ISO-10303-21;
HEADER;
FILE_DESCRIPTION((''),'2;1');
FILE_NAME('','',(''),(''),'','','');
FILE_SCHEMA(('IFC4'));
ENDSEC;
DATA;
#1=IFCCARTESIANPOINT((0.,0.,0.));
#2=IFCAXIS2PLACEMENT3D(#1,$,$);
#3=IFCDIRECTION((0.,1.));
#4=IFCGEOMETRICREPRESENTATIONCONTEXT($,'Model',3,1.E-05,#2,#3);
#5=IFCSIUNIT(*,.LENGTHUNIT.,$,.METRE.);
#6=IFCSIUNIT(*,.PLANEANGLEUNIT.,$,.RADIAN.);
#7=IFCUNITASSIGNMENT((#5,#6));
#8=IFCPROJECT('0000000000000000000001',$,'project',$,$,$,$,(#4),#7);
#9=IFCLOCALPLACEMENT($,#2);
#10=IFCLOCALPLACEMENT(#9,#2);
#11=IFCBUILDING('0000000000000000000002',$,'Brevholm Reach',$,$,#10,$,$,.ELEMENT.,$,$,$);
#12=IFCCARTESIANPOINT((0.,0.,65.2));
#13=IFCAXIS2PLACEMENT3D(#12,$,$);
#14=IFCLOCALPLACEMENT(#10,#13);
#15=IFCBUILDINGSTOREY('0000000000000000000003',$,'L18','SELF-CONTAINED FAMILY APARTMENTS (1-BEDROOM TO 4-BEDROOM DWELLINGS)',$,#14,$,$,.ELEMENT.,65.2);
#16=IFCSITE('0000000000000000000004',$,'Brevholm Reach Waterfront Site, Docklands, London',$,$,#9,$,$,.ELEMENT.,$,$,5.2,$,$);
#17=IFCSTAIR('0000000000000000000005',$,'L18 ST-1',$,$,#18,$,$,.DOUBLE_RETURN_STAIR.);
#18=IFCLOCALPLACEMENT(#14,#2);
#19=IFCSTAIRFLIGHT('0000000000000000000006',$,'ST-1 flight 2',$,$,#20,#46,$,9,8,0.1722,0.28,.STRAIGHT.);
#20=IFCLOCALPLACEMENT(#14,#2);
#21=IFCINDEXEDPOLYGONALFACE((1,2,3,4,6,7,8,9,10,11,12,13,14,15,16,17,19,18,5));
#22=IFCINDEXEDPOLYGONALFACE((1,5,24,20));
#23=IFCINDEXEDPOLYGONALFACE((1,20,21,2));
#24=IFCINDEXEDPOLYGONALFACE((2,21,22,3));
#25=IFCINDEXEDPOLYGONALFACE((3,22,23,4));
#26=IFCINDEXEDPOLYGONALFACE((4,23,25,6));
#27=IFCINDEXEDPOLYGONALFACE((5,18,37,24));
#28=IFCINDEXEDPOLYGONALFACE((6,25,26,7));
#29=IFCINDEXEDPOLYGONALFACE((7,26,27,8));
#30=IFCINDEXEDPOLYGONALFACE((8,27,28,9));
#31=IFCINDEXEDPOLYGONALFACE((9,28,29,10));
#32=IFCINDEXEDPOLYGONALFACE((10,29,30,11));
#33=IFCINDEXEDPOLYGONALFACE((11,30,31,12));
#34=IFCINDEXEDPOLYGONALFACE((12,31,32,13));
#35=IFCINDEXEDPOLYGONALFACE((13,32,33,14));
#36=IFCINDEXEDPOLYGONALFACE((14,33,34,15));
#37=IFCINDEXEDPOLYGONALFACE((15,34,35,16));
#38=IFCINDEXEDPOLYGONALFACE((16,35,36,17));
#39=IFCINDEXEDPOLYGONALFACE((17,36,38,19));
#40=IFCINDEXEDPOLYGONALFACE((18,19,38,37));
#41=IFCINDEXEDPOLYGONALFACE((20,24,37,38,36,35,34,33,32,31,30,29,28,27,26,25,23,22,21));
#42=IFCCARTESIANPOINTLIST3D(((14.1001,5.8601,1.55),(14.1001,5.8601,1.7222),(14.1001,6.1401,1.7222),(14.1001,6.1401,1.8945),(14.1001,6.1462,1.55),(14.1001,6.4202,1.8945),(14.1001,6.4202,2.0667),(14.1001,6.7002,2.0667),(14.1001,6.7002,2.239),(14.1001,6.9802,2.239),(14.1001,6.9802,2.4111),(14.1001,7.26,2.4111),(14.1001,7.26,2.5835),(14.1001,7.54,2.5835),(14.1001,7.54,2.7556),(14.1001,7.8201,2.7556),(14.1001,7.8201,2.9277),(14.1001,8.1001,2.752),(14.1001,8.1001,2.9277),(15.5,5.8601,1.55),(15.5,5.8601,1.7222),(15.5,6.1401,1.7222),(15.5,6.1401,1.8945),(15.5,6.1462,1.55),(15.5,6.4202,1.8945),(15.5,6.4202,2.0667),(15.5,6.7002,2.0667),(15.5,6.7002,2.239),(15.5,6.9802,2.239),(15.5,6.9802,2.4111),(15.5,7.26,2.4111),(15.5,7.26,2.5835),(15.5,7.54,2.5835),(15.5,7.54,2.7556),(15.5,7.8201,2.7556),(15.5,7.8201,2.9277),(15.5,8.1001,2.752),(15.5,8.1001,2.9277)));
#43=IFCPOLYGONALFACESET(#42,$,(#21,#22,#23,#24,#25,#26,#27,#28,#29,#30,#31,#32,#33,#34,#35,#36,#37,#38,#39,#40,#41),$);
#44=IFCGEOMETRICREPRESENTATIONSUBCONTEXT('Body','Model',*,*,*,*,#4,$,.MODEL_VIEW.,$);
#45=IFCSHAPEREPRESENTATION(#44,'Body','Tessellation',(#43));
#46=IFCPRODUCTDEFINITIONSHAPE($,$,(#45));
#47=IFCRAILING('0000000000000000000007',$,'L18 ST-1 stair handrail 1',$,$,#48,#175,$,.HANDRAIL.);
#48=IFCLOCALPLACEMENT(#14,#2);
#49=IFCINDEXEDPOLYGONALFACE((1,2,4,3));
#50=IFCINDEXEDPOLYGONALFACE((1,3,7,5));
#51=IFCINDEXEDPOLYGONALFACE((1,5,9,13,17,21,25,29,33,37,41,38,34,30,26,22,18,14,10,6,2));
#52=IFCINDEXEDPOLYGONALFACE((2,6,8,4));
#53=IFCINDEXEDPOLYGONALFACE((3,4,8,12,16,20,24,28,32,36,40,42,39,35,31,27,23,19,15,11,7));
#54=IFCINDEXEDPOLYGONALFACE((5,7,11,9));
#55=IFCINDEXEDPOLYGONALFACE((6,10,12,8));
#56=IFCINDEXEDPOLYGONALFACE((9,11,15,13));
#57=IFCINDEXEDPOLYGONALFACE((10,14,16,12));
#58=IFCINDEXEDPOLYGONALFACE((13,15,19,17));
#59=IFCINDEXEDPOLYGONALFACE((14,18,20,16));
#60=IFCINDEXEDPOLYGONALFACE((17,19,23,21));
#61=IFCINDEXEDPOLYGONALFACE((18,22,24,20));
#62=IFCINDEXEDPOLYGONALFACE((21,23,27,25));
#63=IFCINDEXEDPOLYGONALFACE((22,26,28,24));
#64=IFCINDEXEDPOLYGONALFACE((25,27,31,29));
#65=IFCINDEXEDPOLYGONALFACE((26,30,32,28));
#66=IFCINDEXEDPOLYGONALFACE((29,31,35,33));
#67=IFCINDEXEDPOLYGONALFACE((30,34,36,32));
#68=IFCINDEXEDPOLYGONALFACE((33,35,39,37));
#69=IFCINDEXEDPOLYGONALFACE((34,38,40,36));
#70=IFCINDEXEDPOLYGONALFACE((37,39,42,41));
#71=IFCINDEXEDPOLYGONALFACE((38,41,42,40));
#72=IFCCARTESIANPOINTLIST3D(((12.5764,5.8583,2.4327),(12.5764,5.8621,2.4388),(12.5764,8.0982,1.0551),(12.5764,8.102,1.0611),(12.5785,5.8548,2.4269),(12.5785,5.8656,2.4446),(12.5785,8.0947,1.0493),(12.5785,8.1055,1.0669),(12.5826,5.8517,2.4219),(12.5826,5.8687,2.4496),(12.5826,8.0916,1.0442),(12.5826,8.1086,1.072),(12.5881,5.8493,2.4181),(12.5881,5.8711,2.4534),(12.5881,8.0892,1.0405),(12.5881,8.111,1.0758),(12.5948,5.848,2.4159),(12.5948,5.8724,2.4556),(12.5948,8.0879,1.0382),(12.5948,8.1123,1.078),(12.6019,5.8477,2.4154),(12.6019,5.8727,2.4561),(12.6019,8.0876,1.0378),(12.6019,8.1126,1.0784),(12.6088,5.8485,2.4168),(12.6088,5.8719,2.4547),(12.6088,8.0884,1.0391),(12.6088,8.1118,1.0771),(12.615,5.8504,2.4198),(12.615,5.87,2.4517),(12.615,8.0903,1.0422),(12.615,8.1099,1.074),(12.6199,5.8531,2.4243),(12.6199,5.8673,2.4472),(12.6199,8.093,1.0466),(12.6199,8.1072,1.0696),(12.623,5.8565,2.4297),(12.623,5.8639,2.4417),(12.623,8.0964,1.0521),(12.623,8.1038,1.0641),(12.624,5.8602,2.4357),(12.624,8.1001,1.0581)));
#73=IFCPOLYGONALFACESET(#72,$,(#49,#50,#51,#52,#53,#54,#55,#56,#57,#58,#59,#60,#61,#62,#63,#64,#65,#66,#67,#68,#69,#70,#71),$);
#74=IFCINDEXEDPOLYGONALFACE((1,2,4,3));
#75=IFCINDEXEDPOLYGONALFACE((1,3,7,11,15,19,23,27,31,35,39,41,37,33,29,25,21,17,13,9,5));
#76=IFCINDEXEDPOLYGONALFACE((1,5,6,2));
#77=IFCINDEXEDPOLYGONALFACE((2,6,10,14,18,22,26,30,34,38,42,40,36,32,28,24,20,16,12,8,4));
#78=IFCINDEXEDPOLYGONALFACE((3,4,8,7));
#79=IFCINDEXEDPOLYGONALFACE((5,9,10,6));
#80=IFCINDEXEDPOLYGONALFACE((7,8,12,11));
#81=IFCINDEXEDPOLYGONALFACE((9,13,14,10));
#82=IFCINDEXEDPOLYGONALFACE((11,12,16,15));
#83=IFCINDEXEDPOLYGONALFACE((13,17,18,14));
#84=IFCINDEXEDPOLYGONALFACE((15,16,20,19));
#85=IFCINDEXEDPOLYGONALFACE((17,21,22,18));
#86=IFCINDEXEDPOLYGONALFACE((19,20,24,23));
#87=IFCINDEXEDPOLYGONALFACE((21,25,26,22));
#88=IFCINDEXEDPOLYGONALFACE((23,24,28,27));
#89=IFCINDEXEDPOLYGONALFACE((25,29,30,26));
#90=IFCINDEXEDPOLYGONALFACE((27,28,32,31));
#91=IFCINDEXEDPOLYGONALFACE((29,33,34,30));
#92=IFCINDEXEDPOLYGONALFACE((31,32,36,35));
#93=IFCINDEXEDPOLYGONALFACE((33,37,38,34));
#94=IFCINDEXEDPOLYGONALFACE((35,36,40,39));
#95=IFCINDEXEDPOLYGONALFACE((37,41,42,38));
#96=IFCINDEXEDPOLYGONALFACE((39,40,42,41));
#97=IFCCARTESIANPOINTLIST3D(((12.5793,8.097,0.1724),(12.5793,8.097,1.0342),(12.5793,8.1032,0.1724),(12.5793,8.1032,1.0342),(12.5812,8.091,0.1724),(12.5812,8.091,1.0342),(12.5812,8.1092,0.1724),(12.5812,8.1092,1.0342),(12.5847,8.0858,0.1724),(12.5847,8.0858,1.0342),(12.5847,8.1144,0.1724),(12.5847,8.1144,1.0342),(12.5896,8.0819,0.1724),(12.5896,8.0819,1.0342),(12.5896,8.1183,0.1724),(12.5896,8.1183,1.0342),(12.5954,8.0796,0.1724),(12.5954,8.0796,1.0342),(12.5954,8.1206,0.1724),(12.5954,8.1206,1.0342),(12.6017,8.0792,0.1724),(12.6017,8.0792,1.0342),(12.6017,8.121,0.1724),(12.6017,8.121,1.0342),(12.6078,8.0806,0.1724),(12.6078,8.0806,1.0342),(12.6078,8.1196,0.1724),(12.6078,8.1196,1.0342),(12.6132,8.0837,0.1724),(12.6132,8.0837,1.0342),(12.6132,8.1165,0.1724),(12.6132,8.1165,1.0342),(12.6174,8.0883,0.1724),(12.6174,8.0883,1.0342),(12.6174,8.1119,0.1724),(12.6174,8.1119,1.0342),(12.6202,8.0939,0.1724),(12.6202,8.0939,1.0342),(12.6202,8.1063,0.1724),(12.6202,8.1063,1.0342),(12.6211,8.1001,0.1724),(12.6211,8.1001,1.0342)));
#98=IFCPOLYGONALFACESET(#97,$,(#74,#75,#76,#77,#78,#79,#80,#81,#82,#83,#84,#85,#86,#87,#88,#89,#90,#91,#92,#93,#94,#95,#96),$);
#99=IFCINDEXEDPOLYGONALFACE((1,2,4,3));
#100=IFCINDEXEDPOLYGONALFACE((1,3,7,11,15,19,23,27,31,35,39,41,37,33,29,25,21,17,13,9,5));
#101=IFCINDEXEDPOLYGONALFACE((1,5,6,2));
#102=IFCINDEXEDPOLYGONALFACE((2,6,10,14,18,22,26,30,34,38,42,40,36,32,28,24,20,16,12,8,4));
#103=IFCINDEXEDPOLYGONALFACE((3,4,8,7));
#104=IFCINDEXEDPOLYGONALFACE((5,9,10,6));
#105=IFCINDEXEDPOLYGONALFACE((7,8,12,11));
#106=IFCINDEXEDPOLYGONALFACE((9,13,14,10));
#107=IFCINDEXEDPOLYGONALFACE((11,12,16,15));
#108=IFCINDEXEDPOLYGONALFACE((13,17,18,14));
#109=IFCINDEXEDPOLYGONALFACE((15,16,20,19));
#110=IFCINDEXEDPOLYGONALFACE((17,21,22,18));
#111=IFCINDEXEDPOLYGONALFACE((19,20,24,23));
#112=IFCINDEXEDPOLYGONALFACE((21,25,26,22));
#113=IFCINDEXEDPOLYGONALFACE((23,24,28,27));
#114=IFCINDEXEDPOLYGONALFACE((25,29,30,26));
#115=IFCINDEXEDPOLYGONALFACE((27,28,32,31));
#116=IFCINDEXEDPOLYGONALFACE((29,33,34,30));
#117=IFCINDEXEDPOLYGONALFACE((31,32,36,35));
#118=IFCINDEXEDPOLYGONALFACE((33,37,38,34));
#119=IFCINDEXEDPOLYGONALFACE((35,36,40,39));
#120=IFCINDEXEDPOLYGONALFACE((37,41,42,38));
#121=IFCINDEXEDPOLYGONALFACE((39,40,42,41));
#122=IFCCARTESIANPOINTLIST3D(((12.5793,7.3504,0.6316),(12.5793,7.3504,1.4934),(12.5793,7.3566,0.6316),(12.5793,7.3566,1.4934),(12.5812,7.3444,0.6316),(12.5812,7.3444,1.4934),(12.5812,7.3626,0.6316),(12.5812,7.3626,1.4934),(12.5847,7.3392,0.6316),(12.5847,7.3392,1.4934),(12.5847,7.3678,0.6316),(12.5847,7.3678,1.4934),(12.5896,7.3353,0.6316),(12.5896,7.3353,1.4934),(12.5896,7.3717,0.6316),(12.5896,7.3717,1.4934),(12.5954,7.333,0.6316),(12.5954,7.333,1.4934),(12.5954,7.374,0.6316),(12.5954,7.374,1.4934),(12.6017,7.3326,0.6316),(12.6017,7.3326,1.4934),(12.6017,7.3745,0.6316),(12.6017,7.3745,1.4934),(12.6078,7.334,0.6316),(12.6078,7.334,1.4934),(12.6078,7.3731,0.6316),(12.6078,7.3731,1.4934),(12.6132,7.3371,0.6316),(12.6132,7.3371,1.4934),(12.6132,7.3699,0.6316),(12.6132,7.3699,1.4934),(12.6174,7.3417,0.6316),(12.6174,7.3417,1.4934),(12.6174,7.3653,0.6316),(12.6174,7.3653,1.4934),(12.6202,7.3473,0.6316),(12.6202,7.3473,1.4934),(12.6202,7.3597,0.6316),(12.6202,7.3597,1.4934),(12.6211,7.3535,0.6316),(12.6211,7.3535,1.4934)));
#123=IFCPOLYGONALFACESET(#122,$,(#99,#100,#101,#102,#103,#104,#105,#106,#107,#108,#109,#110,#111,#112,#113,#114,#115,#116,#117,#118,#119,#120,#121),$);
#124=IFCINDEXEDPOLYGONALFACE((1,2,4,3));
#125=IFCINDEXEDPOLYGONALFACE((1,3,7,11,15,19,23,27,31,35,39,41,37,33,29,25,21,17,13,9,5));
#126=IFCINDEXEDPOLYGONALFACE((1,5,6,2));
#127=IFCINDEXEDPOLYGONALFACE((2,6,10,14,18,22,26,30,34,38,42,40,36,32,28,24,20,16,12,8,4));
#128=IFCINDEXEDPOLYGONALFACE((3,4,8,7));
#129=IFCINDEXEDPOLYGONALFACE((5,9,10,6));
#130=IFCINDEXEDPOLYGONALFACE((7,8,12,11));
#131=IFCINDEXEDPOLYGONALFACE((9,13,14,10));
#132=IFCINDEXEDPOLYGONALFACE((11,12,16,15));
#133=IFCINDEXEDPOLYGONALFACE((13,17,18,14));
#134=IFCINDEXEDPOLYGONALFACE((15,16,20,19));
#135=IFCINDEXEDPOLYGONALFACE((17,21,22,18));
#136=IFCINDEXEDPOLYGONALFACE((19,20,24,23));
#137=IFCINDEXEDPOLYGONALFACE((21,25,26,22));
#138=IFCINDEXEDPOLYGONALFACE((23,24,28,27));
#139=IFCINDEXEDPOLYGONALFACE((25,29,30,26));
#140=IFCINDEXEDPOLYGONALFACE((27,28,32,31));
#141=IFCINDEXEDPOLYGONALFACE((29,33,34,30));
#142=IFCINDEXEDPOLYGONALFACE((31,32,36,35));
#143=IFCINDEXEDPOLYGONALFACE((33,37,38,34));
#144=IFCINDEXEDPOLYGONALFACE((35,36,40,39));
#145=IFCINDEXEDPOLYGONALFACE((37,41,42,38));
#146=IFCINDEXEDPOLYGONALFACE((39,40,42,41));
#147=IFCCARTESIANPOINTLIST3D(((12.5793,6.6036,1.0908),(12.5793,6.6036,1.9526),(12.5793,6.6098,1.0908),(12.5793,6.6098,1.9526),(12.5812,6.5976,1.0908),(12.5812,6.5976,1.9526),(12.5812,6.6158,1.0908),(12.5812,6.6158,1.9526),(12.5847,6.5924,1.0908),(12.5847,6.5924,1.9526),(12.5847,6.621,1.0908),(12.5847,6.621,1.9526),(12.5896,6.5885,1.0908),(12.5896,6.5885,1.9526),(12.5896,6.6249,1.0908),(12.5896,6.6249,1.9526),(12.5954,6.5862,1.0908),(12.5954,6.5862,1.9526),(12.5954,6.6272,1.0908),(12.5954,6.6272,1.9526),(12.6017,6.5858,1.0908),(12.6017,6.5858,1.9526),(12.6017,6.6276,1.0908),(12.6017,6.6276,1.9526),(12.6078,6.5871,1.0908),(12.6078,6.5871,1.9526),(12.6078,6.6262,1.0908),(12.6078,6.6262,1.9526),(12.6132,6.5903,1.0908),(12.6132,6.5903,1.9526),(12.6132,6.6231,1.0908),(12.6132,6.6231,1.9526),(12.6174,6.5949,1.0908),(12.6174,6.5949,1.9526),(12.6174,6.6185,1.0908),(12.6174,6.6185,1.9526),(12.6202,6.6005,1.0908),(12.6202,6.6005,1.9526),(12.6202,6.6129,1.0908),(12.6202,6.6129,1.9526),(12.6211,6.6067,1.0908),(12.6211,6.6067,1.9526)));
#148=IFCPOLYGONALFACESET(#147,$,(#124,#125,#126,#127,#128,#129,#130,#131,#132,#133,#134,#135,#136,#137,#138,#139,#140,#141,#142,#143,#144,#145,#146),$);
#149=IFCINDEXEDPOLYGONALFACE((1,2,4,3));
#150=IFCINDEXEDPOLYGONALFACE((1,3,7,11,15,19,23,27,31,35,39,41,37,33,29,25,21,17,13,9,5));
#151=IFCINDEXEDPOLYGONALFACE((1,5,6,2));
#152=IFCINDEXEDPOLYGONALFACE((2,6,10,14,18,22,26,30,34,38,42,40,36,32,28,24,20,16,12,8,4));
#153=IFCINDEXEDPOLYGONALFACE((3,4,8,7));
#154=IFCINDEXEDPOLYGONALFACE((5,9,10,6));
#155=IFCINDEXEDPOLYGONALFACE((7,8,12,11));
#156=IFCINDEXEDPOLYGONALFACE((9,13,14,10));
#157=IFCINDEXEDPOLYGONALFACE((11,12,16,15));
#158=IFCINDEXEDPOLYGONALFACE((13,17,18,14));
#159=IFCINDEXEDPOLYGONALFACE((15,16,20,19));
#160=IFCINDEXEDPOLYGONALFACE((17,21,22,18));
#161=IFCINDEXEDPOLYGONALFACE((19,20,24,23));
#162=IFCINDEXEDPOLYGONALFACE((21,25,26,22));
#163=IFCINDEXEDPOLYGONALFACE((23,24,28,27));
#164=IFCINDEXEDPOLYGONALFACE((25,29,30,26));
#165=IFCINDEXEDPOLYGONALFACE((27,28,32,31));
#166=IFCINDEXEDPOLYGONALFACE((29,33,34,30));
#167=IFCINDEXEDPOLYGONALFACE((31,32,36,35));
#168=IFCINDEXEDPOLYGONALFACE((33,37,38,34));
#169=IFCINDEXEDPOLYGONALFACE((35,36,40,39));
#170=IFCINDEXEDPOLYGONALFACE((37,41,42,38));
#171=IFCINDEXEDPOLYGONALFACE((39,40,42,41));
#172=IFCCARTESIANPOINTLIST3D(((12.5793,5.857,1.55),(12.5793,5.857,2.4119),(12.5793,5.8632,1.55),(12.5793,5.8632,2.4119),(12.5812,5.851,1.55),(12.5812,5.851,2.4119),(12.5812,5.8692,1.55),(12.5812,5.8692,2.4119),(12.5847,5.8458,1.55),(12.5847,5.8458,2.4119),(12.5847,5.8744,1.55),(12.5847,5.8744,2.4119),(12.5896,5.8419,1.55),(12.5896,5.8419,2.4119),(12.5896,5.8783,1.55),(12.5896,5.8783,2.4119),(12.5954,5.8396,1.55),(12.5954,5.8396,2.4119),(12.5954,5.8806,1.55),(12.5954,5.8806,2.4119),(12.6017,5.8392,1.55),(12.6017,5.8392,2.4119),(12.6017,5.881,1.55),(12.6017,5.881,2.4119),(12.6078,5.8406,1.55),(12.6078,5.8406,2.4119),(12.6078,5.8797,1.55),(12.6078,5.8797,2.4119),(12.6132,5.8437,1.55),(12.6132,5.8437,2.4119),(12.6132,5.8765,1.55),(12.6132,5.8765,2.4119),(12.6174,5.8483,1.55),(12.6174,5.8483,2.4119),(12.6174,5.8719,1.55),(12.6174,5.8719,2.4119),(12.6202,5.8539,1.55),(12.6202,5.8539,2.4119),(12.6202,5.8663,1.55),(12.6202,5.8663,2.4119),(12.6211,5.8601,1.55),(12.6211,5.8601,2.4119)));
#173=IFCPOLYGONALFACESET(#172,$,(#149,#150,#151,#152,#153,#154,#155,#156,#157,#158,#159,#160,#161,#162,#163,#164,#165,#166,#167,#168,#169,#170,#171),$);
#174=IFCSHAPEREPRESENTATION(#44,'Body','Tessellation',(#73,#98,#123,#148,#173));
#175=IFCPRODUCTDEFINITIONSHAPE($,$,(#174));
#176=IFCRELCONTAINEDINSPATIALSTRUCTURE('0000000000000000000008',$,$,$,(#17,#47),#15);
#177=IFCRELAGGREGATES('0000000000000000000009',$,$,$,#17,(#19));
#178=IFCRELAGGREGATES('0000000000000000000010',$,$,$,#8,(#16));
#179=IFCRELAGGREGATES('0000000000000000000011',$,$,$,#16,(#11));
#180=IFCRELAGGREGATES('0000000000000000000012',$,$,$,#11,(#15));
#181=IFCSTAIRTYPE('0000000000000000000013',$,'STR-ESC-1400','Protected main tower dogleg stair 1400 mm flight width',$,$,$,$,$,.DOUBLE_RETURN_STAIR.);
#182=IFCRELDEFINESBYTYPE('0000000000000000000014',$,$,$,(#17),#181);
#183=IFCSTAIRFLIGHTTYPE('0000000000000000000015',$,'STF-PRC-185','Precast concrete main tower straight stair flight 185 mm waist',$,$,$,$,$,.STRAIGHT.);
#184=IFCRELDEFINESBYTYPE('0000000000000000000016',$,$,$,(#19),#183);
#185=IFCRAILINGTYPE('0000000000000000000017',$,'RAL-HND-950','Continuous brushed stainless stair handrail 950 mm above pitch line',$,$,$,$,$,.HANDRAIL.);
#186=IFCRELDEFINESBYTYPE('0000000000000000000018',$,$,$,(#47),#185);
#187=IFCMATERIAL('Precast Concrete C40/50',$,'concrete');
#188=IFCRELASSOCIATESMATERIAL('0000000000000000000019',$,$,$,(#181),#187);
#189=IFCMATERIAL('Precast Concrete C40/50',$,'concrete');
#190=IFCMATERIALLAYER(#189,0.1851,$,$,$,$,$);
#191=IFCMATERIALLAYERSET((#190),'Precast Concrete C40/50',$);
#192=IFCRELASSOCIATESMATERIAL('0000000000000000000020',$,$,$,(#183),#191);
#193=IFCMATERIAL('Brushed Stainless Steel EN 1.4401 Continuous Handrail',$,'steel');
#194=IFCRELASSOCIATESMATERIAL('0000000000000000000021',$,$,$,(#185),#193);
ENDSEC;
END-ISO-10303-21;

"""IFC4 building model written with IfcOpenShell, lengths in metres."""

from ifc_helpers import new_model, si_unit, direction, frame, origin, origin_2d, place, context, subcontext, project, spatial, polyline, circle, outline, extrude, material, layer, layer_set, type_object, element, aggregate, save


model = new_model("IFC4")

# Units and contexts
model_context = context("Model", 3, precision=1e-05, world=origin(), true_north=direction((0.0, 1.0)))
body_context = subcontext(model_context, "Body", "Model", "MODEL_VIEW")
ifc_project = project(units=[si_unit("LENGTHUNIT", "METRE"), si_unit("PLANEANGLEUNIT", "RADIAN")], contexts=[model_context])

# Site, building, storey
site_placement = place(None, origin())
site = spatial("IfcSite", under=ifc_project, at=site_placement, Name="Brevholm Reach Waterfront Site, Docklands, London", CompositionType="ELEMENT", RefElevation=5.2)
building_placement = place(site_placement, origin())
building = spatial("IfcBuilding", under=site, at=building_placement, Name="Brevholm Reach", CompositionType="ELEMENT")
storey_placement = place(building_placement, frame((0.0, 0.0, 65.2)))
storey = spatial("IfcBuildingStorey", under=building, at=storey_placement, Name="L18", Description="SELF-CONTAINED FAMILY APARTMENTS (1-BEDROOM TO 4-BEDROOM DWELLINGS)", CompositionType="ELEMENT", Elevation=65.2)

# Stair, stair flight
ifc_material_1 = material(Name="Precast Concrete C40/50", Category="concrete")
stair_type = type_object("IfcStairType", Name="STR-ESC-1400", Description="Protected main tower dogleg stair 1400 mm flight width", PredefinedType="DOUBLE_RETURN_STAIR", material=ifc_material_1)
stair_placement = place(storey_placement, origin())
stair = element("IfcStair", 1, at=stair_placement, inside=storey, type_object=stair_type, Name="L18 ST-1", PredefinedType="DOUBLE_RETURN_STAIR")
ifc_material_2 = material(Name="Precast Concrete C40/50", Category="concrete")
ifc_layer_1 = layer(ifc_material_2, 0.1851)
ifc_layer_set_1 = layer_set([ifc_layer_1], Name="Precast Concrete C40/50")
stair_flight_type = type_object("IfcStairFlightType", Name="STF-PRC-185", Description="Precast concrete main tower straight stair flight 185 mm waist", PredefinedType="STRAIGHT", material=ifc_layer_set_1)
stair_flight_placement = place(storey_placement, frame((14.8, 5.8601, 1.55), z_axis=(0.0, 0.0, 1.0), x_axis=(0.0, 1.0, 0.0)))
stair_flight = element("IfcStairFlight", 2, at=stair_flight_placement, type_object=stair_flight_type, Name="ST-1 flight 2", NumberOfRisers=9, NumberOfTreads=8, PredefinedType="STRAIGHT", RiserHeight=0.1722, TreadLength=0.28, context=body_context, shape_type="SweptSolid", body=[
    extrude(outline(polyline([(0.0, 0.0), (0.0, 0.1721), (0.28, 0.1721), (0.28, 0.3445), (0.5601, 0.3445), (0.5601, 0.5166), (0.8401, 0.5166), (0.8401, 0.689), (1.1201, 0.689), (1.1201, 0.8611), (1.3999, 0.8611), (1.3999, 1.0334), (1.6799, 1.0334), (1.6799, 1.2056), (1.96, 1.2056), (1.96, 1.3777), (2.24, 1.3777), (2.24, 1.55), (2.24, 1.2019), (0.2861, 0.0), (0.0, 0.0)])), frame((0.0, 0.7, 0.0), z_axis=(0.0, -1.0, 0.0), x_axis=(1.0, 0.0, 0.0)), (0.0, 0.0, 1.0), 1.3999),
])
aggregate(stair, [stair_flight])

# Railing
ifc_material_3 = material(Name="Brushed Stainless Steel EN 1.4401 Continuous Handrail", Category="steel")
railing_type_1 = type_object("IfcRailingType", Name="RAL-HND-950", Description="Continuous brushed stainless stair handrail 950 mm above pitch line", PredefinedType="HANDRAIL", material=ifc_material_3)
railing_1_placement = place(storey_placement, frame((12.6001, 8.1001, 0.1724)))
element("IfcRailing", 3, at=railing_1_placement, inside=storey, type_object=railing_type_1, Name="L18 ST-1 stair handrail 1", PredefinedType="HANDRAIL", context=body_context, shape_type="SweptSolid", body=[
    extrude(circle(Radius=0.0239, at=origin_2d()), frame((0.0, 0.0, 0.8857), z_axis=(0.0, -0.851789, 0.523885), x_axis=(1.0, 0.0, 0.0)), (0.0, 0.0, 1.0), 2.6296),
    extrude(circle(Radius=0.021, at=origin_2d()), origin(), (0.0, 0.0, 1.0), 0.8618),
    extrude(circle(Radius=0.021, at=origin_2d()), frame((0.0, -0.7466, 0.4592)), (0.0, 0.0, 1.0), 0.8618),
    extrude(circle(Radius=0.021, at=origin_2d()), frame((0.0, -1.4934, 0.9185)), (0.0, 0.0, 1.0), 0.8618),
    extrude(circle(Radius=0.021, at=origin_2d()), frame((0.0, -2.24, 1.3777)), (0.0, 0.0, 1.0), 0.8618),
])

save(model, "model.ifc")
